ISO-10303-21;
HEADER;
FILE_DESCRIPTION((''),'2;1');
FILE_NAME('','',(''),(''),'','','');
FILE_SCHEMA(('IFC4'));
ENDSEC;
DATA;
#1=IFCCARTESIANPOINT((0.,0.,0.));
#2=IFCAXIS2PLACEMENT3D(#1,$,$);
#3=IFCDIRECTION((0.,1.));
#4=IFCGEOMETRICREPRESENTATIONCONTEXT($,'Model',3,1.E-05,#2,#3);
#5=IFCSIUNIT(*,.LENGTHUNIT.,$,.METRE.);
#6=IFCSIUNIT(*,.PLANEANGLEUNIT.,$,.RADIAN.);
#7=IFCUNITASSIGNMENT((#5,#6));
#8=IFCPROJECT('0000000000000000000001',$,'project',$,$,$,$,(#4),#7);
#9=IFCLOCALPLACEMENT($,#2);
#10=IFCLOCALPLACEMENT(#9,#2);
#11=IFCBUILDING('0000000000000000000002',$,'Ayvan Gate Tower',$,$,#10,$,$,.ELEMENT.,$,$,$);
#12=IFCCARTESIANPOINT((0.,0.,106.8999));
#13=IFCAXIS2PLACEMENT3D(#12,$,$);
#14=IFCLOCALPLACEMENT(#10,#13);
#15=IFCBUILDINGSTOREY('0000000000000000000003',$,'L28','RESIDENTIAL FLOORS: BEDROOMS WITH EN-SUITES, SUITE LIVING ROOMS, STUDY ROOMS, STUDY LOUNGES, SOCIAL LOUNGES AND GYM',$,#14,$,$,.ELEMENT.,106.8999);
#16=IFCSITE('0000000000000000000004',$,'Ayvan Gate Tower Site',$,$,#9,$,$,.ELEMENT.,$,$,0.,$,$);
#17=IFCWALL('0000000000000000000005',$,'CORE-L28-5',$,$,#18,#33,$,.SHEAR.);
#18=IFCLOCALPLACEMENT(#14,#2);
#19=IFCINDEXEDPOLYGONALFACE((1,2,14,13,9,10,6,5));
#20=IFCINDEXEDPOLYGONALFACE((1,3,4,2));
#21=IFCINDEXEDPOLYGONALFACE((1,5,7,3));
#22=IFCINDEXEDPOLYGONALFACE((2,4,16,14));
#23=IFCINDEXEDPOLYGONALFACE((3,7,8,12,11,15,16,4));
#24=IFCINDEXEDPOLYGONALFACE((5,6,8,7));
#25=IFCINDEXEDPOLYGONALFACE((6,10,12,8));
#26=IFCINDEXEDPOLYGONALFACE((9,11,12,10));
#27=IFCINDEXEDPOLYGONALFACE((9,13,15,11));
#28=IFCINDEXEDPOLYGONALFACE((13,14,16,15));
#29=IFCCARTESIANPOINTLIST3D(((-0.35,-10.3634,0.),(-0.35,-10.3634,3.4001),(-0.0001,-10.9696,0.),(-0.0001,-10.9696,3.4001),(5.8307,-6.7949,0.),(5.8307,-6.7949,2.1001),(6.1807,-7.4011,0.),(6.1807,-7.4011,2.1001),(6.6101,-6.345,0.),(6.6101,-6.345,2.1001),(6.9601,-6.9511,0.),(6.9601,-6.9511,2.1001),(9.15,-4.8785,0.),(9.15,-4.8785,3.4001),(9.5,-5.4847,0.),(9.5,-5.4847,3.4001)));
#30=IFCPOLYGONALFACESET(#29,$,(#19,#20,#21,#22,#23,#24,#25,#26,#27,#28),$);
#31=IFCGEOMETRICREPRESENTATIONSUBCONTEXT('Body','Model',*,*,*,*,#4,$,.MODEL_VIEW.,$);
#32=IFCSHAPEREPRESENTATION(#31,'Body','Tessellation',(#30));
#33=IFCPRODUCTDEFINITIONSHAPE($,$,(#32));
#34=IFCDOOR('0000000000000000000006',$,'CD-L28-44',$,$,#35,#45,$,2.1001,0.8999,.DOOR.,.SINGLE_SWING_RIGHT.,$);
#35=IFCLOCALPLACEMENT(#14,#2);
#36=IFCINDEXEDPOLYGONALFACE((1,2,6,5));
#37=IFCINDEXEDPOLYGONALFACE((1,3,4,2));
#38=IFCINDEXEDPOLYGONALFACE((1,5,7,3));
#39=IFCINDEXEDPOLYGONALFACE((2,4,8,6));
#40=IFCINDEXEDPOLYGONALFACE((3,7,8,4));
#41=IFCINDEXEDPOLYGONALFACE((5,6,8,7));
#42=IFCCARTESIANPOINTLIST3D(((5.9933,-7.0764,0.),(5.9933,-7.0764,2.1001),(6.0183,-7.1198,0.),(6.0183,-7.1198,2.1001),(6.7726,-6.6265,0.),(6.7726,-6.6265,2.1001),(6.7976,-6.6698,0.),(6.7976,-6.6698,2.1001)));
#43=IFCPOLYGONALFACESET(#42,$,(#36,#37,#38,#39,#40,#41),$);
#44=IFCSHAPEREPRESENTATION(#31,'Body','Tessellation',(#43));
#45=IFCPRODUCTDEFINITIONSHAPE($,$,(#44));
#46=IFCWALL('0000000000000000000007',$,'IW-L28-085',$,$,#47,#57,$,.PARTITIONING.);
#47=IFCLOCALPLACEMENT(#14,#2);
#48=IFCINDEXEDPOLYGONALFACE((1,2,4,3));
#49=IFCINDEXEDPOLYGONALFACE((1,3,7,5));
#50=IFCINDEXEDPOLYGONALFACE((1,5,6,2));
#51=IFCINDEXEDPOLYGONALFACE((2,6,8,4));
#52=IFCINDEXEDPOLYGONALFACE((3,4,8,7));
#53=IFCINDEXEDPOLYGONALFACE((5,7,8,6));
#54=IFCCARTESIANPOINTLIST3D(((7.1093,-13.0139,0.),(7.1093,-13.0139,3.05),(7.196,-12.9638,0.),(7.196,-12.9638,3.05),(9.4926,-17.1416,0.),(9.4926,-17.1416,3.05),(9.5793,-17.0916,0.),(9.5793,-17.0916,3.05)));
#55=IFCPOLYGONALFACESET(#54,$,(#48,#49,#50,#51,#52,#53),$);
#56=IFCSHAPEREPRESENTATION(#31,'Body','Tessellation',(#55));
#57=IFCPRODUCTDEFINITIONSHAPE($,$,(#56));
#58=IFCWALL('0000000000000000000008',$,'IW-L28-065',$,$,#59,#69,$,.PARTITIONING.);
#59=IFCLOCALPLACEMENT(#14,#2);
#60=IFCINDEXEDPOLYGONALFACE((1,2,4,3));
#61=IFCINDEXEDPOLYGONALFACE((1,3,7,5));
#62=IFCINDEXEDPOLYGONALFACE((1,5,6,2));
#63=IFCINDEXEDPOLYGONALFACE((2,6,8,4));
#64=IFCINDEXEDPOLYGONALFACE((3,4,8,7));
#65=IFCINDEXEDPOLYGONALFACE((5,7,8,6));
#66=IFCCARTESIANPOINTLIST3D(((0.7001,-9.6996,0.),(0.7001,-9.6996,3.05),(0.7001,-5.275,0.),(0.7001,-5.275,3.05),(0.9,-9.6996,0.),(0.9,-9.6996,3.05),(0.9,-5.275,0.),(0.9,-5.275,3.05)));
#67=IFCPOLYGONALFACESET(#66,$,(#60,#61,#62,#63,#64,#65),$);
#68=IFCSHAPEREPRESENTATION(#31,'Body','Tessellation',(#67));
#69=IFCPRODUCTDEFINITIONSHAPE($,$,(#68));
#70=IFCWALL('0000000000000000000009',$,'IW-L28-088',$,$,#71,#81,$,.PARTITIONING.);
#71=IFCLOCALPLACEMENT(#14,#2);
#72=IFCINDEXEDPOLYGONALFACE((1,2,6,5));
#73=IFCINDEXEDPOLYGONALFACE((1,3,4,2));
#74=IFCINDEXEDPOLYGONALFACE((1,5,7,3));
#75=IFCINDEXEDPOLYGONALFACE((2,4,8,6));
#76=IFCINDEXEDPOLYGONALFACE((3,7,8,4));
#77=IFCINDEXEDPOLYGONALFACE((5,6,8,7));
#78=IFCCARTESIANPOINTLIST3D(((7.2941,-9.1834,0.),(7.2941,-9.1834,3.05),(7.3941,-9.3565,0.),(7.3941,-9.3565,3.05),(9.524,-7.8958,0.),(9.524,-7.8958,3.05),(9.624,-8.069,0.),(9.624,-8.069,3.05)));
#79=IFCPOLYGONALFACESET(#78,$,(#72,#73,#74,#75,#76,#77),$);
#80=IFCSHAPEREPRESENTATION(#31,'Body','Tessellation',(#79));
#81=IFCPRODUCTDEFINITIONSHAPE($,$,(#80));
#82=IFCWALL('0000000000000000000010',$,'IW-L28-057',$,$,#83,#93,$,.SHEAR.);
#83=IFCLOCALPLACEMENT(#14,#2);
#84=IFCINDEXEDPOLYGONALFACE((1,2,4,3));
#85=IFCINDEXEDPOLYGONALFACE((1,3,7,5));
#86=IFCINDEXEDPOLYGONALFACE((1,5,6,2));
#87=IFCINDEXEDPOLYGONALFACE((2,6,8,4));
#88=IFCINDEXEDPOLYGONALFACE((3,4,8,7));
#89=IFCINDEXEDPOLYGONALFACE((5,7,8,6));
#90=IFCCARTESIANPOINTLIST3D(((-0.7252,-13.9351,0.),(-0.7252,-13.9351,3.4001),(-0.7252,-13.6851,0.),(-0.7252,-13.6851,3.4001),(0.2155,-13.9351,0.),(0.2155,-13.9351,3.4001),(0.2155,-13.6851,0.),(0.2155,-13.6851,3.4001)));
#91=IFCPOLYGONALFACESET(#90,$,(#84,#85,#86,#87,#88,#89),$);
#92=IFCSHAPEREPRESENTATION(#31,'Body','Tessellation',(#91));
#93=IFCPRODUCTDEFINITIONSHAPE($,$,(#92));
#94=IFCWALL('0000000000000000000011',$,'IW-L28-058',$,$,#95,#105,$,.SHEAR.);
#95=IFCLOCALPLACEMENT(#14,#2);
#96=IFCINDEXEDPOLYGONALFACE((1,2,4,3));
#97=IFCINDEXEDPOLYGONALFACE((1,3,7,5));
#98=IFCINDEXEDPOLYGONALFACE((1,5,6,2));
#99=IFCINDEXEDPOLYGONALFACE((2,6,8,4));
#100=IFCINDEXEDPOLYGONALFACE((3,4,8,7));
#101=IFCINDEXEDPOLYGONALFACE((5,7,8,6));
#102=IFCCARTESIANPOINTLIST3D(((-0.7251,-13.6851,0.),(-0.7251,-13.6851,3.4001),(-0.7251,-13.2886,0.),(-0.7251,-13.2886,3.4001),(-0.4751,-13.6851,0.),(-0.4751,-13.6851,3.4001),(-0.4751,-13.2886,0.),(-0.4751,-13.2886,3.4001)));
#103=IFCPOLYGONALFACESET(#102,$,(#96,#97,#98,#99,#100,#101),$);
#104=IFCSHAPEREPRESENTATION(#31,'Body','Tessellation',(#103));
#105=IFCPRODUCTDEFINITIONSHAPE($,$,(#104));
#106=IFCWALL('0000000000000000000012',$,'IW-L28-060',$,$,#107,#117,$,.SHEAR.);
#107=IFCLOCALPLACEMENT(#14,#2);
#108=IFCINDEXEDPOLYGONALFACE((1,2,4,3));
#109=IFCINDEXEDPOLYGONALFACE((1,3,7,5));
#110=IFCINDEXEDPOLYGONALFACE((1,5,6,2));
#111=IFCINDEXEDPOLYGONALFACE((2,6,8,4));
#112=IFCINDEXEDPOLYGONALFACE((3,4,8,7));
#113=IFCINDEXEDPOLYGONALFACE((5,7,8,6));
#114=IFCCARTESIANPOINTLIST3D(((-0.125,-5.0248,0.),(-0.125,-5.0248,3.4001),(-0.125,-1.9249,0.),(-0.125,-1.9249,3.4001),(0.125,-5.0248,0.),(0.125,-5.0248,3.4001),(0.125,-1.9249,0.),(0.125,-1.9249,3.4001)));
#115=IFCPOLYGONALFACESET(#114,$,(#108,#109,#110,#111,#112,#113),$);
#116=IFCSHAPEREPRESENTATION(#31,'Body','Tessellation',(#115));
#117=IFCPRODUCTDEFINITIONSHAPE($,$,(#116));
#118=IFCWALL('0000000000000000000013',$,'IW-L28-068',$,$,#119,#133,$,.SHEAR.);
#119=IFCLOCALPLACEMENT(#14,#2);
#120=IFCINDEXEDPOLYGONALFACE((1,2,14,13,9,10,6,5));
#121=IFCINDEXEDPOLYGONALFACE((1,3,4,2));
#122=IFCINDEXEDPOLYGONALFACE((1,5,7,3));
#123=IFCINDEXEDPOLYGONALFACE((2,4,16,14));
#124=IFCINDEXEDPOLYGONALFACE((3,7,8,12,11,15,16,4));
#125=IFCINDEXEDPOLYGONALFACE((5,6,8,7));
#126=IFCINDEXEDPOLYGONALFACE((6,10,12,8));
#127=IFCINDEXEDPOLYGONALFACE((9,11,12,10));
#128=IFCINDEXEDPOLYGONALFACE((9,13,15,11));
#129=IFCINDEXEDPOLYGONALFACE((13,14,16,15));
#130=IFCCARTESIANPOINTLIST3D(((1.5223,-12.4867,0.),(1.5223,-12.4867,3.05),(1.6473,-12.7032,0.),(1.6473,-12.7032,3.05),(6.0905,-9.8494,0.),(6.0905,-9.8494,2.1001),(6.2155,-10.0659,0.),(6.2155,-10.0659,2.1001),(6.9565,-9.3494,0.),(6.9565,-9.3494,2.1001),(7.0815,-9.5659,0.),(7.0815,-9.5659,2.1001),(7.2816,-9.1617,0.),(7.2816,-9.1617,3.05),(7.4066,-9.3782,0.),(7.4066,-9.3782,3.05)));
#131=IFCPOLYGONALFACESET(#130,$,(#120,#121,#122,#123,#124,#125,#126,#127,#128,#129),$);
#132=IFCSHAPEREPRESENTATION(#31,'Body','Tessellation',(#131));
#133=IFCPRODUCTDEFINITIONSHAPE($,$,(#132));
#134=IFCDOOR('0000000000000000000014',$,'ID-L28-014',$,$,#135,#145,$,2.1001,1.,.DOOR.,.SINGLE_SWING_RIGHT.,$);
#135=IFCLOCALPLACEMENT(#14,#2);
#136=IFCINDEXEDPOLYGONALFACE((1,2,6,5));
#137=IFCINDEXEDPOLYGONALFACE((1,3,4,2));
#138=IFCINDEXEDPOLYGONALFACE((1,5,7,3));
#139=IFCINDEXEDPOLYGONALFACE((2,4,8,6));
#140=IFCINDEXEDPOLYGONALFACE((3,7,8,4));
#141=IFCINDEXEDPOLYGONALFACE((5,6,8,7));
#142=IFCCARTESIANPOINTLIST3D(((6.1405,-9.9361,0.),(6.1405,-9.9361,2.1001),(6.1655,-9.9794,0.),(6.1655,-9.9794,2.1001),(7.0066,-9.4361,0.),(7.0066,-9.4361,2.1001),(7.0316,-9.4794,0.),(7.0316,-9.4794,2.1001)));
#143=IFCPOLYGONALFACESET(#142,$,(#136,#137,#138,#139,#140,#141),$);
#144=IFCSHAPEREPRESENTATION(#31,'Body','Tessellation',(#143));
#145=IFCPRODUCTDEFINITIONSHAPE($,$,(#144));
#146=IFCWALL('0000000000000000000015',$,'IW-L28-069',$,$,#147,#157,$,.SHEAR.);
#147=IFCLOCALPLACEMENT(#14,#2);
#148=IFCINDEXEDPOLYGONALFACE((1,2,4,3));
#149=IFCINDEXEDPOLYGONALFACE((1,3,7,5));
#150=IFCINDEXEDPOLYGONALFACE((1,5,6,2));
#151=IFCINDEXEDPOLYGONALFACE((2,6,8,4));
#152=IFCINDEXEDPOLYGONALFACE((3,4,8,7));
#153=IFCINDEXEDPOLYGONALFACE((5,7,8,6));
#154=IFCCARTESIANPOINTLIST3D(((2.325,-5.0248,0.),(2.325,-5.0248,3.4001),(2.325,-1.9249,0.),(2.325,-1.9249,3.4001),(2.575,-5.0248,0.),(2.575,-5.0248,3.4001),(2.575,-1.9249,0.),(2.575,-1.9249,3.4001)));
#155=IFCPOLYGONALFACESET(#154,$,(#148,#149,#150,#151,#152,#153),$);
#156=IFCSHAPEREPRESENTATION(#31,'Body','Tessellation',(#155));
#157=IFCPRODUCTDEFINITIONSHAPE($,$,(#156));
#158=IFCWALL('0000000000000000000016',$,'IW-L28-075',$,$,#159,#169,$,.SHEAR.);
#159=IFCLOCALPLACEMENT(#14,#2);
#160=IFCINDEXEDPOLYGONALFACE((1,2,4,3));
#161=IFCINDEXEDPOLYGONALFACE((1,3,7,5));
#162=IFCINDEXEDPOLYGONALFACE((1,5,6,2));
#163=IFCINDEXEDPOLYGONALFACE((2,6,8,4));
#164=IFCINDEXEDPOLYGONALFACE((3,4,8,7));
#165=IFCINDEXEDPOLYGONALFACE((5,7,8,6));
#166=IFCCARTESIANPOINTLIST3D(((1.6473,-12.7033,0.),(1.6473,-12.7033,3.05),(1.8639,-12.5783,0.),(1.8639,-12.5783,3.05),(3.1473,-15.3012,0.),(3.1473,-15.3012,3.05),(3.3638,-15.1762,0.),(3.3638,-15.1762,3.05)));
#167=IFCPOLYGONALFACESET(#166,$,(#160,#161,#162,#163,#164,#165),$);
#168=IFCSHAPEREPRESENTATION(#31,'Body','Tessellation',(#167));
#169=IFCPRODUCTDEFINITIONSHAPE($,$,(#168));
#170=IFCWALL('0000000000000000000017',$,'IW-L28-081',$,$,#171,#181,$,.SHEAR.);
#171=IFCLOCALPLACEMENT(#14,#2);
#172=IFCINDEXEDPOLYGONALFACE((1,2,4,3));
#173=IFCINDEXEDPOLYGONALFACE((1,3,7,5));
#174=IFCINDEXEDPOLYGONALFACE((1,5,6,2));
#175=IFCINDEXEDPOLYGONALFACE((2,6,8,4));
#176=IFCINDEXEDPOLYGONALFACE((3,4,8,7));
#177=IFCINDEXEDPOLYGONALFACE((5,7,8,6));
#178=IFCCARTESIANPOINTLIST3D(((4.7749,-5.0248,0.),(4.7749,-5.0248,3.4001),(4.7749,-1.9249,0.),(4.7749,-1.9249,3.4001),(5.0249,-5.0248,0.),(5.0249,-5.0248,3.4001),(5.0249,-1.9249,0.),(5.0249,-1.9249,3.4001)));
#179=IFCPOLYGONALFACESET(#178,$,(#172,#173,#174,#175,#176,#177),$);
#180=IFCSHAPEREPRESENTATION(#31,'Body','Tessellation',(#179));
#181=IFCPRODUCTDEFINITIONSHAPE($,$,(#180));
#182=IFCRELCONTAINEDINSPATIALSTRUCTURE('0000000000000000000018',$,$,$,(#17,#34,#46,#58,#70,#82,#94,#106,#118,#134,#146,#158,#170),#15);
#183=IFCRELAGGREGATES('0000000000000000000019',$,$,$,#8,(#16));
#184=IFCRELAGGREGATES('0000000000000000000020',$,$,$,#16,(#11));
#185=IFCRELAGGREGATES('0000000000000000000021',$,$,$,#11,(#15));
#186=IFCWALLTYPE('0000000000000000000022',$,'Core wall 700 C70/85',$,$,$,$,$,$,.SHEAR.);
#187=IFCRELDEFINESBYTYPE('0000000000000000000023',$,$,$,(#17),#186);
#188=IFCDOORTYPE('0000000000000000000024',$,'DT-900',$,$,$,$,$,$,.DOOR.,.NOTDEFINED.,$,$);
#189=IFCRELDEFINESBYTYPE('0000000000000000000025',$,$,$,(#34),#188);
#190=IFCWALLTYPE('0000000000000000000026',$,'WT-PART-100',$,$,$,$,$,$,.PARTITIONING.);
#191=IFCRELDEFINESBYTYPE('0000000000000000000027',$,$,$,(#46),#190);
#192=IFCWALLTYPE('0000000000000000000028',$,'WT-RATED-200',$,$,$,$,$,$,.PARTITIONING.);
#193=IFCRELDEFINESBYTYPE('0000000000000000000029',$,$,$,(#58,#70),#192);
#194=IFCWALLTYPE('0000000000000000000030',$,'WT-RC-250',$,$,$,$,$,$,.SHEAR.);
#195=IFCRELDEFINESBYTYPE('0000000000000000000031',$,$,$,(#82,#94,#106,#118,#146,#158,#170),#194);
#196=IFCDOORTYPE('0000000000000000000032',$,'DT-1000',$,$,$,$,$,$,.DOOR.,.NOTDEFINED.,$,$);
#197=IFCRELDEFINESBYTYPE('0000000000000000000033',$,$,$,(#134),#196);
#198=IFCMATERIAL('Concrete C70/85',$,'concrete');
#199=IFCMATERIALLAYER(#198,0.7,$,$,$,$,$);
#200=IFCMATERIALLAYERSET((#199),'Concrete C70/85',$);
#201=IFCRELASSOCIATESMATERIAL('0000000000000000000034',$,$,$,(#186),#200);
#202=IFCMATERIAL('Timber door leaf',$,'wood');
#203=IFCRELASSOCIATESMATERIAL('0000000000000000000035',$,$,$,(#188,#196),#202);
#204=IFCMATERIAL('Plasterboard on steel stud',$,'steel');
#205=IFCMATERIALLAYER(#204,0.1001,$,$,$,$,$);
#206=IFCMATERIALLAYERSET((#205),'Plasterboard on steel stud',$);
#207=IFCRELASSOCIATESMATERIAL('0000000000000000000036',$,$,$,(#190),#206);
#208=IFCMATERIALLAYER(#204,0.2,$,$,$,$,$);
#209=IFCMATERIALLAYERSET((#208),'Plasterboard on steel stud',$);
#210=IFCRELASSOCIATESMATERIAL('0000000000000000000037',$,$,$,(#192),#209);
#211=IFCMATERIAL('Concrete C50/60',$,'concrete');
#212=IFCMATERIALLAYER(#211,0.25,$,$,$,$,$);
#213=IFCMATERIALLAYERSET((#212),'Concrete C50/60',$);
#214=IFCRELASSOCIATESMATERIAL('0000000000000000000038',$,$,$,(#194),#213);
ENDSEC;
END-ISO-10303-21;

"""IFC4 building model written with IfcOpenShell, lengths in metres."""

from ifc_helpers import new_model, si_unit, direction, frame, frame_2d, origin, place, context, subcontext, project, spatial, rectangle, extrude, material, layer, layer_set, type_object, element, fill, save


model = new_model("IFC4")

# Units and contexts
model_context = context("Model", 3, precision=1e-05, world=origin(), true_north=direction((0.0, 1.0)))
body_context = subcontext(model_context, "Body", "Model", "MODEL_VIEW")
ifc_project = project(units=[si_unit("LENGTHUNIT", "METRE"), si_unit("PLANEANGLEUNIT", "RADIAN")], contexts=[model_context])

# Site, building, storey
site_placement = place(None, origin())
site = spatial("IfcSite", under=ifc_project, at=site_placement, Name="Ayvan Gate Tower Site", CompositionType="ELEMENT", RefElevation=0.0)
building_placement = place(site_placement, origin())
building = spatial("IfcBuilding", under=site, at=building_placement, Name="Ayvan Gate Tower", CompositionType="ELEMENT")
storey_placement = place(building_placement, frame((0.0, 0.0, 106.8999)))
storey = spatial("IfcBuildingStorey", under=building, at=storey_placement, Name="L28", Description="RESIDENTIAL FLOORS: BEDROOMS WITH EN-SUITES, SUITE LIVING ROOMS, STUDY ROOMS, STUDY LOUNGES, SOCIAL LOUNGES AND GYM", CompositionType="ELEMENT", Elevation=106.8999)

# Wall, opening, door
ifc_material_1 = material(Name="Concrete C70/85", Category="concrete")
ifc_layer_1 = layer(ifc_material_1, 0.7)
ifc_layer_set_1 = layer_set([ifc_layer_1], Name="Concrete C70/85")
wall_type_1 = type_object("IfcWallType", Name="Core wall 700 C70/85", PredefinedType="SHEAR", material=ifc_layer_set_1)
wall_1_placement = place(storey_placement, frame((-0.175, -10.6665, 0.0), z_axis=(0.0, 0.0, 1.0), x_axis=(0.866024, 0.500002, 0.0)))
wall_1 = element("IfcWall", 1, at=wall_1_placement, inside=storey, type_object=wall_type_1, Name="CORE-L28-5", PredefinedType="SHEAR", context=body_context, shape_type="SweptSolid", body=[
    extrude(rectangle(XDim=10.9697, YDim=0.7, at=frame_2d((5.4849, 0.0))), origin(), (0.0, 0.0, 1.0), 3.4001),
])
opening_1_placement = place(wall_1_placement, frame((7.137, 0.0, 0.0)))
opening_1 = element("IfcOpeningElement", 2, at=opening_1_placement, cuts=wall_1, PredefinedType="OPENING", context=body_context, shape_type="SweptSolid", body=[
    extrude(rectangle(XDim=0.8999, YDim=2.1001, at=frame_2d((0.45, 1.05))), frame((0.0, 0.3599, 0.0), z_axis=(0.0, -1.0, 0.0), x_axis=(1.0, 0.0, 0.0)), (0.0, 0.0, 1.0), 0.72),
])
ifc_material_2 = material(Name="Timber door leaf", Category="wood")
door_type_1 = type_object("IfcDoorType", Name="DT-900", OperationType="NOTDEFINED", PredefinedType="DOOR", material=ifc_material_2)
door_1_placement = place(opening_1_placement, origin())
door_1 = element("IfcDoor", 3, at=door_1_placement, inside=storey, type_object=door_type_1, Name="CD-L28-44", OperationType="SINGLE_SWING_RIGHT", OverallHeight=2.1001, OverallWidth=0.8999, PredefinedType="DOOR", context=body_context, shape_type="SweptSolid", body=[
    extrude(rectangle(XDim=0.8999, YDim=2.1001, at=frame_2d((0.45, 1.05))), frame((0.0, 0.0249, 0.0), z_axis=(0.0, -1.0, 0.0), x_axis=(1.0, 0.0, 0.0)), (0.0, 0.0, 1.0), 0.05),
])
fill(opening_1, door_1)

# Walls
ifc_material_3 = material(Name="Plasterboard on steel stud", Category="steel")
ifc_layer_2 = layer(ifc_material_3, 0.1001)
ifc_layer_set_2 = layer_set([ifc_layer_2], Name="Plasterboard on steel stud")
wall_type_2 = type_object("IfcWallType", Name="WT-PART-100", PredefinedType="PARTITIONING", material=ifc_layer_set_2)
wall_2_placement = place(storey_placement, frame((7.1526, -12.9888, 0.0), z_axis=(0.0, 0.0, 1.0), x_axis=(0.500028, -0.866009, 0.0)))
element("IfcWall", 4, at=wall_2_placement, inside=storey, type_object=wall_type_2, Name="IW-L28-085", PredefinedType="PARTITIONING", context=body_context, shape_type="SweptSolid", body=[
    extrude(rectangle(XDim=4.7664, YDim=0.1001, at=frame_2d((2.3833, 0.0))), origin(), (0.0, 0.0, 1.0), 3.05),
])
ifc_layer_3 = layer(ifc_material_3, 0.2)
ifc_layer_set_3 = layer_set([ifc_layer_3], Name="Plasterboard on steel stud")
wall_type_3 = type_object("IfcWallType", Name="WT-RATED-200", PredefinedType="PARTITIONING", material=ifc_layer_set_3)
wall_3_placement = place(storey_placement, frame((0.8, -5.2749, 0.0), z_axis=(0.0, 0.0, 1.0), x_axis=(0.0, -1.0, 0.0)))
element("IfcWall", 5, at=wall_3_placement, inside=storey, type_object=wall_type_3, Name="IW-L28-065", PredefinedType="PARTITIONING", context=body_context, shape_type="SweptSolid", body=[
    extrude(rectangle(XDim=4.4246, YDim=0.2, at=frame_2d((2.2124, 0.0))), origin(), (0.0, 0.0, 1.0), 3.05),
])
wall_4_placement = place(storey_placement, frame((7.344, -9.27, 0.0), z_axis=(0.0, 0.0, 1.0), x_axis=(0.866006, 0.500034, 0.0)))
element("IfcWall", 6, at=wall_4_placement, inside=storey, type_object=wall_type_3, Name="IW-L28-088", PredefinedType="PARTITIONING", context=body_context, shape_type="SweptSolid", body=[
    extrude(rectangle(XDim=2.575, YDim=0.2, at=frame_2d((1.2876, 0.0))), origin(), (0.0, 0.0, 1.0), 3.05),
])
ifc_material_4 = material(Name="Concrete C50/60", Category="concrete")
ifc_layer_4 = layer(ifc_material_4, 0.25)
ifc_layer_set_4 = layer_set([ifc_layer_4], Name="Concrete C50/60")
wall_type_4 = type_object("IfcWallType", Name="WT-RC-250", PredefinedType="SHEAR", material=ifc_layer_set_4)
wall_5_placement = place(storey_placement, frame((-0.7251, -13.8101, 0.0), z_axis=(0.0, 0.0, 1.0), x_axis=(1.0, 0.0, 0.0)))
element("IfcWall", 7, at=wall_5_placement, inside=storey, type_object=wall_type_4, Name="IW-L28-057", PredefinedType="SHEAR", context=body_context, shape_type="SweptSolid", body=[
    extrude(rectangle(XDim=0.9407, YDim=0.25, at=frame_2d((0.4702, 0.0))), origin(), (0.0, 0.0, 1.0), 3.4001),
])
wall_6_placement = place(storey_placement, frame((-0.6001, -13.2886, 0.0), z_axis=(0.0, 0.0, 1.0), x_axis=(0.0, -1.0, 0.0)))
element("IfcWall", 8, at=wall_6_placement, inside=storey, type_object=wall_type_4, Name="IW-L28-058", PredefinedType="SHEAR", context=body_context, shape_type="SweptSolid", body=[
    extrude(rectangle(XDim=0.3965, YDim=0.25, at=frame_2d((0.1982, 0.0))), origin(), (0.0, 0.0, 1.0), 3.4001),
])
wall_7_placement = place(storey_placement, frame((0.0, -1.925, 0.0), z_axis=(0.0, 0.0, 1.0), x_axis=(0.0, -1.0, 0.0)))
element("IfcWall", 9, at=wall_7_placement, inside=storey, type_object=wall_type_4, Name="IW-L28-060", PredefinedType="SHEAR", context=body_context, shape_type="SweptSolid", body=[
    extrude(rectangle(XDim=3.0999, YDim=0.25, at=frame_2d((1.5498, 0.0))), origin(), (0.0, 0.0, 1.0), 3.4001),
])

# Wall, opening, door
wall_8_placement = place(storey_placement, frame((1.5847, -12.595, 0.0), z_axis=(0.0, 0.0, 1.0), x_axis=(0.866036, 0.499981, 0.0)))
wall_8 = element("IfcWall", 10, at=wall_8_placement, inside=storey, type_object=wall_type_4, Name="IW-L28-068", PredefinedType="SHEAR", context=body_context, shape_type="SweptSolid", body=[
    extrude(rectangle(XDim=6.6501, YDim=0.25, at=frame_2d((3.3252, 0.0))), origin(), (0.0, 0.0, 1.0), 3.05),
])
opening_2_placement = place(wall_8_placement, frame((5.2749, 0.0, 0.0)))
opening_2 = element("IfcOpeningElement", 11, at=opening_2_placement, cuts=wall_8, PredefinedType="OPENING", context=body_context, shape_type="SweptSolid", body=[
    extrude(rectangle(XDim=1.0, YDim=2.1001, at=frame_2d((0.5, 1.05))), frame((0.0, 0.135, 0.0), z_axis=(0.0, -1.0, 0.0), x_axis=(1.0, 0.0, 0.0)), (0.0, 0.0, 1.0), 0.27),
])
door_type_2 = type_object("IfcDoorType", Name="DT-1000", OperationType="NOTDEFINED", PredefinedType="DOOR", material=ifc_material_2)
door_2_placement = place(opening_2_placement, origin())
door_2 = element("IfcDoor", 12, at=door_2_placement, inside=storey, type_object=door_type_2, Name="ID-L28-014", OperationType="SINGLE_SWING_RIGHT", OverallHeight=2.1001, OverallWidth=1.0, PredefinedType="DOOR", context=body_context, shape_type="SweptSolid", body=[
    extrude(rectangle(XDim=1.0, YDim=2.1001, at=frame_2d((0.5, 1.05))), frame((0.0, 0.0249, 0.0), z_axis=(0.0, -1.0, 0.0), x_axis=(1.0, 0.0, 0.0)), (0.0, 0.0, 1.0), 0.05),
])
fill(opening_2, door_2)

# Walls
wall_9_placement = place(storey_placement, frame((2.45, -1.925, 0.0), z_axis=(0.0, 0.0, 1.0), x_axis=(0.0, -1.0, 0.0)))
element("IfcWall", 13, at=wall_9_placement, inside=storey, type_object=wall_type_4, Name="IW-L28-069", PredefinedType="SHEAR", context=body_context, shape_type="SweptSolid", body=[
    extrude(rectangle(XDim=3.0999, YDim=0.25, at=frame_2d((1.5498, 0.0))), origin(), (0.0, 0.0, 1.0), 3.4001),
])
wall_10_placement = place(storey_placement, frame((3.2556, -15.2388, 0.0), z_axis=(0.0, 0.0, 1.0), x_axis=(-0.500025, 0.866011, 0.0)))
element("IfcWall", 14, at=wall_10_placement, inside=storey, type_object=wall_type_4, Name="IW-L28-075", PredefinedType="SHEAR", context=body_context, shape_type="SweptSolid", body=[
    extrude(rectangle(XDim=2.9998, YDim=0.25, at=frame_2d((1.5, 0.0))), origin(), (0.0, 0.0, 1.0), 3.05),
])
wall_11_placement = place(storey_placement, frame((4.8999, -1.925, 0.0), z_axis=(0.0, 0.0, 1.0), x_axis=(0.0, -1.0, 0.0)))
element("IfcWall", 15, at=wall_11_placement, inside=storey, type_object=wall_type_4, Name="IW-L28-081", PredefinedType="SHEAR", context=body_context, shape_type="SweptSolid", body=[
    extrude(rectangle(XDim=3.0999, YDim=0.25, at=frame_2d((1.5498, 0.0))), origin(), (0.0, 0.0, 1.0), 3.4001),
])

save(model, "model.ifc")
